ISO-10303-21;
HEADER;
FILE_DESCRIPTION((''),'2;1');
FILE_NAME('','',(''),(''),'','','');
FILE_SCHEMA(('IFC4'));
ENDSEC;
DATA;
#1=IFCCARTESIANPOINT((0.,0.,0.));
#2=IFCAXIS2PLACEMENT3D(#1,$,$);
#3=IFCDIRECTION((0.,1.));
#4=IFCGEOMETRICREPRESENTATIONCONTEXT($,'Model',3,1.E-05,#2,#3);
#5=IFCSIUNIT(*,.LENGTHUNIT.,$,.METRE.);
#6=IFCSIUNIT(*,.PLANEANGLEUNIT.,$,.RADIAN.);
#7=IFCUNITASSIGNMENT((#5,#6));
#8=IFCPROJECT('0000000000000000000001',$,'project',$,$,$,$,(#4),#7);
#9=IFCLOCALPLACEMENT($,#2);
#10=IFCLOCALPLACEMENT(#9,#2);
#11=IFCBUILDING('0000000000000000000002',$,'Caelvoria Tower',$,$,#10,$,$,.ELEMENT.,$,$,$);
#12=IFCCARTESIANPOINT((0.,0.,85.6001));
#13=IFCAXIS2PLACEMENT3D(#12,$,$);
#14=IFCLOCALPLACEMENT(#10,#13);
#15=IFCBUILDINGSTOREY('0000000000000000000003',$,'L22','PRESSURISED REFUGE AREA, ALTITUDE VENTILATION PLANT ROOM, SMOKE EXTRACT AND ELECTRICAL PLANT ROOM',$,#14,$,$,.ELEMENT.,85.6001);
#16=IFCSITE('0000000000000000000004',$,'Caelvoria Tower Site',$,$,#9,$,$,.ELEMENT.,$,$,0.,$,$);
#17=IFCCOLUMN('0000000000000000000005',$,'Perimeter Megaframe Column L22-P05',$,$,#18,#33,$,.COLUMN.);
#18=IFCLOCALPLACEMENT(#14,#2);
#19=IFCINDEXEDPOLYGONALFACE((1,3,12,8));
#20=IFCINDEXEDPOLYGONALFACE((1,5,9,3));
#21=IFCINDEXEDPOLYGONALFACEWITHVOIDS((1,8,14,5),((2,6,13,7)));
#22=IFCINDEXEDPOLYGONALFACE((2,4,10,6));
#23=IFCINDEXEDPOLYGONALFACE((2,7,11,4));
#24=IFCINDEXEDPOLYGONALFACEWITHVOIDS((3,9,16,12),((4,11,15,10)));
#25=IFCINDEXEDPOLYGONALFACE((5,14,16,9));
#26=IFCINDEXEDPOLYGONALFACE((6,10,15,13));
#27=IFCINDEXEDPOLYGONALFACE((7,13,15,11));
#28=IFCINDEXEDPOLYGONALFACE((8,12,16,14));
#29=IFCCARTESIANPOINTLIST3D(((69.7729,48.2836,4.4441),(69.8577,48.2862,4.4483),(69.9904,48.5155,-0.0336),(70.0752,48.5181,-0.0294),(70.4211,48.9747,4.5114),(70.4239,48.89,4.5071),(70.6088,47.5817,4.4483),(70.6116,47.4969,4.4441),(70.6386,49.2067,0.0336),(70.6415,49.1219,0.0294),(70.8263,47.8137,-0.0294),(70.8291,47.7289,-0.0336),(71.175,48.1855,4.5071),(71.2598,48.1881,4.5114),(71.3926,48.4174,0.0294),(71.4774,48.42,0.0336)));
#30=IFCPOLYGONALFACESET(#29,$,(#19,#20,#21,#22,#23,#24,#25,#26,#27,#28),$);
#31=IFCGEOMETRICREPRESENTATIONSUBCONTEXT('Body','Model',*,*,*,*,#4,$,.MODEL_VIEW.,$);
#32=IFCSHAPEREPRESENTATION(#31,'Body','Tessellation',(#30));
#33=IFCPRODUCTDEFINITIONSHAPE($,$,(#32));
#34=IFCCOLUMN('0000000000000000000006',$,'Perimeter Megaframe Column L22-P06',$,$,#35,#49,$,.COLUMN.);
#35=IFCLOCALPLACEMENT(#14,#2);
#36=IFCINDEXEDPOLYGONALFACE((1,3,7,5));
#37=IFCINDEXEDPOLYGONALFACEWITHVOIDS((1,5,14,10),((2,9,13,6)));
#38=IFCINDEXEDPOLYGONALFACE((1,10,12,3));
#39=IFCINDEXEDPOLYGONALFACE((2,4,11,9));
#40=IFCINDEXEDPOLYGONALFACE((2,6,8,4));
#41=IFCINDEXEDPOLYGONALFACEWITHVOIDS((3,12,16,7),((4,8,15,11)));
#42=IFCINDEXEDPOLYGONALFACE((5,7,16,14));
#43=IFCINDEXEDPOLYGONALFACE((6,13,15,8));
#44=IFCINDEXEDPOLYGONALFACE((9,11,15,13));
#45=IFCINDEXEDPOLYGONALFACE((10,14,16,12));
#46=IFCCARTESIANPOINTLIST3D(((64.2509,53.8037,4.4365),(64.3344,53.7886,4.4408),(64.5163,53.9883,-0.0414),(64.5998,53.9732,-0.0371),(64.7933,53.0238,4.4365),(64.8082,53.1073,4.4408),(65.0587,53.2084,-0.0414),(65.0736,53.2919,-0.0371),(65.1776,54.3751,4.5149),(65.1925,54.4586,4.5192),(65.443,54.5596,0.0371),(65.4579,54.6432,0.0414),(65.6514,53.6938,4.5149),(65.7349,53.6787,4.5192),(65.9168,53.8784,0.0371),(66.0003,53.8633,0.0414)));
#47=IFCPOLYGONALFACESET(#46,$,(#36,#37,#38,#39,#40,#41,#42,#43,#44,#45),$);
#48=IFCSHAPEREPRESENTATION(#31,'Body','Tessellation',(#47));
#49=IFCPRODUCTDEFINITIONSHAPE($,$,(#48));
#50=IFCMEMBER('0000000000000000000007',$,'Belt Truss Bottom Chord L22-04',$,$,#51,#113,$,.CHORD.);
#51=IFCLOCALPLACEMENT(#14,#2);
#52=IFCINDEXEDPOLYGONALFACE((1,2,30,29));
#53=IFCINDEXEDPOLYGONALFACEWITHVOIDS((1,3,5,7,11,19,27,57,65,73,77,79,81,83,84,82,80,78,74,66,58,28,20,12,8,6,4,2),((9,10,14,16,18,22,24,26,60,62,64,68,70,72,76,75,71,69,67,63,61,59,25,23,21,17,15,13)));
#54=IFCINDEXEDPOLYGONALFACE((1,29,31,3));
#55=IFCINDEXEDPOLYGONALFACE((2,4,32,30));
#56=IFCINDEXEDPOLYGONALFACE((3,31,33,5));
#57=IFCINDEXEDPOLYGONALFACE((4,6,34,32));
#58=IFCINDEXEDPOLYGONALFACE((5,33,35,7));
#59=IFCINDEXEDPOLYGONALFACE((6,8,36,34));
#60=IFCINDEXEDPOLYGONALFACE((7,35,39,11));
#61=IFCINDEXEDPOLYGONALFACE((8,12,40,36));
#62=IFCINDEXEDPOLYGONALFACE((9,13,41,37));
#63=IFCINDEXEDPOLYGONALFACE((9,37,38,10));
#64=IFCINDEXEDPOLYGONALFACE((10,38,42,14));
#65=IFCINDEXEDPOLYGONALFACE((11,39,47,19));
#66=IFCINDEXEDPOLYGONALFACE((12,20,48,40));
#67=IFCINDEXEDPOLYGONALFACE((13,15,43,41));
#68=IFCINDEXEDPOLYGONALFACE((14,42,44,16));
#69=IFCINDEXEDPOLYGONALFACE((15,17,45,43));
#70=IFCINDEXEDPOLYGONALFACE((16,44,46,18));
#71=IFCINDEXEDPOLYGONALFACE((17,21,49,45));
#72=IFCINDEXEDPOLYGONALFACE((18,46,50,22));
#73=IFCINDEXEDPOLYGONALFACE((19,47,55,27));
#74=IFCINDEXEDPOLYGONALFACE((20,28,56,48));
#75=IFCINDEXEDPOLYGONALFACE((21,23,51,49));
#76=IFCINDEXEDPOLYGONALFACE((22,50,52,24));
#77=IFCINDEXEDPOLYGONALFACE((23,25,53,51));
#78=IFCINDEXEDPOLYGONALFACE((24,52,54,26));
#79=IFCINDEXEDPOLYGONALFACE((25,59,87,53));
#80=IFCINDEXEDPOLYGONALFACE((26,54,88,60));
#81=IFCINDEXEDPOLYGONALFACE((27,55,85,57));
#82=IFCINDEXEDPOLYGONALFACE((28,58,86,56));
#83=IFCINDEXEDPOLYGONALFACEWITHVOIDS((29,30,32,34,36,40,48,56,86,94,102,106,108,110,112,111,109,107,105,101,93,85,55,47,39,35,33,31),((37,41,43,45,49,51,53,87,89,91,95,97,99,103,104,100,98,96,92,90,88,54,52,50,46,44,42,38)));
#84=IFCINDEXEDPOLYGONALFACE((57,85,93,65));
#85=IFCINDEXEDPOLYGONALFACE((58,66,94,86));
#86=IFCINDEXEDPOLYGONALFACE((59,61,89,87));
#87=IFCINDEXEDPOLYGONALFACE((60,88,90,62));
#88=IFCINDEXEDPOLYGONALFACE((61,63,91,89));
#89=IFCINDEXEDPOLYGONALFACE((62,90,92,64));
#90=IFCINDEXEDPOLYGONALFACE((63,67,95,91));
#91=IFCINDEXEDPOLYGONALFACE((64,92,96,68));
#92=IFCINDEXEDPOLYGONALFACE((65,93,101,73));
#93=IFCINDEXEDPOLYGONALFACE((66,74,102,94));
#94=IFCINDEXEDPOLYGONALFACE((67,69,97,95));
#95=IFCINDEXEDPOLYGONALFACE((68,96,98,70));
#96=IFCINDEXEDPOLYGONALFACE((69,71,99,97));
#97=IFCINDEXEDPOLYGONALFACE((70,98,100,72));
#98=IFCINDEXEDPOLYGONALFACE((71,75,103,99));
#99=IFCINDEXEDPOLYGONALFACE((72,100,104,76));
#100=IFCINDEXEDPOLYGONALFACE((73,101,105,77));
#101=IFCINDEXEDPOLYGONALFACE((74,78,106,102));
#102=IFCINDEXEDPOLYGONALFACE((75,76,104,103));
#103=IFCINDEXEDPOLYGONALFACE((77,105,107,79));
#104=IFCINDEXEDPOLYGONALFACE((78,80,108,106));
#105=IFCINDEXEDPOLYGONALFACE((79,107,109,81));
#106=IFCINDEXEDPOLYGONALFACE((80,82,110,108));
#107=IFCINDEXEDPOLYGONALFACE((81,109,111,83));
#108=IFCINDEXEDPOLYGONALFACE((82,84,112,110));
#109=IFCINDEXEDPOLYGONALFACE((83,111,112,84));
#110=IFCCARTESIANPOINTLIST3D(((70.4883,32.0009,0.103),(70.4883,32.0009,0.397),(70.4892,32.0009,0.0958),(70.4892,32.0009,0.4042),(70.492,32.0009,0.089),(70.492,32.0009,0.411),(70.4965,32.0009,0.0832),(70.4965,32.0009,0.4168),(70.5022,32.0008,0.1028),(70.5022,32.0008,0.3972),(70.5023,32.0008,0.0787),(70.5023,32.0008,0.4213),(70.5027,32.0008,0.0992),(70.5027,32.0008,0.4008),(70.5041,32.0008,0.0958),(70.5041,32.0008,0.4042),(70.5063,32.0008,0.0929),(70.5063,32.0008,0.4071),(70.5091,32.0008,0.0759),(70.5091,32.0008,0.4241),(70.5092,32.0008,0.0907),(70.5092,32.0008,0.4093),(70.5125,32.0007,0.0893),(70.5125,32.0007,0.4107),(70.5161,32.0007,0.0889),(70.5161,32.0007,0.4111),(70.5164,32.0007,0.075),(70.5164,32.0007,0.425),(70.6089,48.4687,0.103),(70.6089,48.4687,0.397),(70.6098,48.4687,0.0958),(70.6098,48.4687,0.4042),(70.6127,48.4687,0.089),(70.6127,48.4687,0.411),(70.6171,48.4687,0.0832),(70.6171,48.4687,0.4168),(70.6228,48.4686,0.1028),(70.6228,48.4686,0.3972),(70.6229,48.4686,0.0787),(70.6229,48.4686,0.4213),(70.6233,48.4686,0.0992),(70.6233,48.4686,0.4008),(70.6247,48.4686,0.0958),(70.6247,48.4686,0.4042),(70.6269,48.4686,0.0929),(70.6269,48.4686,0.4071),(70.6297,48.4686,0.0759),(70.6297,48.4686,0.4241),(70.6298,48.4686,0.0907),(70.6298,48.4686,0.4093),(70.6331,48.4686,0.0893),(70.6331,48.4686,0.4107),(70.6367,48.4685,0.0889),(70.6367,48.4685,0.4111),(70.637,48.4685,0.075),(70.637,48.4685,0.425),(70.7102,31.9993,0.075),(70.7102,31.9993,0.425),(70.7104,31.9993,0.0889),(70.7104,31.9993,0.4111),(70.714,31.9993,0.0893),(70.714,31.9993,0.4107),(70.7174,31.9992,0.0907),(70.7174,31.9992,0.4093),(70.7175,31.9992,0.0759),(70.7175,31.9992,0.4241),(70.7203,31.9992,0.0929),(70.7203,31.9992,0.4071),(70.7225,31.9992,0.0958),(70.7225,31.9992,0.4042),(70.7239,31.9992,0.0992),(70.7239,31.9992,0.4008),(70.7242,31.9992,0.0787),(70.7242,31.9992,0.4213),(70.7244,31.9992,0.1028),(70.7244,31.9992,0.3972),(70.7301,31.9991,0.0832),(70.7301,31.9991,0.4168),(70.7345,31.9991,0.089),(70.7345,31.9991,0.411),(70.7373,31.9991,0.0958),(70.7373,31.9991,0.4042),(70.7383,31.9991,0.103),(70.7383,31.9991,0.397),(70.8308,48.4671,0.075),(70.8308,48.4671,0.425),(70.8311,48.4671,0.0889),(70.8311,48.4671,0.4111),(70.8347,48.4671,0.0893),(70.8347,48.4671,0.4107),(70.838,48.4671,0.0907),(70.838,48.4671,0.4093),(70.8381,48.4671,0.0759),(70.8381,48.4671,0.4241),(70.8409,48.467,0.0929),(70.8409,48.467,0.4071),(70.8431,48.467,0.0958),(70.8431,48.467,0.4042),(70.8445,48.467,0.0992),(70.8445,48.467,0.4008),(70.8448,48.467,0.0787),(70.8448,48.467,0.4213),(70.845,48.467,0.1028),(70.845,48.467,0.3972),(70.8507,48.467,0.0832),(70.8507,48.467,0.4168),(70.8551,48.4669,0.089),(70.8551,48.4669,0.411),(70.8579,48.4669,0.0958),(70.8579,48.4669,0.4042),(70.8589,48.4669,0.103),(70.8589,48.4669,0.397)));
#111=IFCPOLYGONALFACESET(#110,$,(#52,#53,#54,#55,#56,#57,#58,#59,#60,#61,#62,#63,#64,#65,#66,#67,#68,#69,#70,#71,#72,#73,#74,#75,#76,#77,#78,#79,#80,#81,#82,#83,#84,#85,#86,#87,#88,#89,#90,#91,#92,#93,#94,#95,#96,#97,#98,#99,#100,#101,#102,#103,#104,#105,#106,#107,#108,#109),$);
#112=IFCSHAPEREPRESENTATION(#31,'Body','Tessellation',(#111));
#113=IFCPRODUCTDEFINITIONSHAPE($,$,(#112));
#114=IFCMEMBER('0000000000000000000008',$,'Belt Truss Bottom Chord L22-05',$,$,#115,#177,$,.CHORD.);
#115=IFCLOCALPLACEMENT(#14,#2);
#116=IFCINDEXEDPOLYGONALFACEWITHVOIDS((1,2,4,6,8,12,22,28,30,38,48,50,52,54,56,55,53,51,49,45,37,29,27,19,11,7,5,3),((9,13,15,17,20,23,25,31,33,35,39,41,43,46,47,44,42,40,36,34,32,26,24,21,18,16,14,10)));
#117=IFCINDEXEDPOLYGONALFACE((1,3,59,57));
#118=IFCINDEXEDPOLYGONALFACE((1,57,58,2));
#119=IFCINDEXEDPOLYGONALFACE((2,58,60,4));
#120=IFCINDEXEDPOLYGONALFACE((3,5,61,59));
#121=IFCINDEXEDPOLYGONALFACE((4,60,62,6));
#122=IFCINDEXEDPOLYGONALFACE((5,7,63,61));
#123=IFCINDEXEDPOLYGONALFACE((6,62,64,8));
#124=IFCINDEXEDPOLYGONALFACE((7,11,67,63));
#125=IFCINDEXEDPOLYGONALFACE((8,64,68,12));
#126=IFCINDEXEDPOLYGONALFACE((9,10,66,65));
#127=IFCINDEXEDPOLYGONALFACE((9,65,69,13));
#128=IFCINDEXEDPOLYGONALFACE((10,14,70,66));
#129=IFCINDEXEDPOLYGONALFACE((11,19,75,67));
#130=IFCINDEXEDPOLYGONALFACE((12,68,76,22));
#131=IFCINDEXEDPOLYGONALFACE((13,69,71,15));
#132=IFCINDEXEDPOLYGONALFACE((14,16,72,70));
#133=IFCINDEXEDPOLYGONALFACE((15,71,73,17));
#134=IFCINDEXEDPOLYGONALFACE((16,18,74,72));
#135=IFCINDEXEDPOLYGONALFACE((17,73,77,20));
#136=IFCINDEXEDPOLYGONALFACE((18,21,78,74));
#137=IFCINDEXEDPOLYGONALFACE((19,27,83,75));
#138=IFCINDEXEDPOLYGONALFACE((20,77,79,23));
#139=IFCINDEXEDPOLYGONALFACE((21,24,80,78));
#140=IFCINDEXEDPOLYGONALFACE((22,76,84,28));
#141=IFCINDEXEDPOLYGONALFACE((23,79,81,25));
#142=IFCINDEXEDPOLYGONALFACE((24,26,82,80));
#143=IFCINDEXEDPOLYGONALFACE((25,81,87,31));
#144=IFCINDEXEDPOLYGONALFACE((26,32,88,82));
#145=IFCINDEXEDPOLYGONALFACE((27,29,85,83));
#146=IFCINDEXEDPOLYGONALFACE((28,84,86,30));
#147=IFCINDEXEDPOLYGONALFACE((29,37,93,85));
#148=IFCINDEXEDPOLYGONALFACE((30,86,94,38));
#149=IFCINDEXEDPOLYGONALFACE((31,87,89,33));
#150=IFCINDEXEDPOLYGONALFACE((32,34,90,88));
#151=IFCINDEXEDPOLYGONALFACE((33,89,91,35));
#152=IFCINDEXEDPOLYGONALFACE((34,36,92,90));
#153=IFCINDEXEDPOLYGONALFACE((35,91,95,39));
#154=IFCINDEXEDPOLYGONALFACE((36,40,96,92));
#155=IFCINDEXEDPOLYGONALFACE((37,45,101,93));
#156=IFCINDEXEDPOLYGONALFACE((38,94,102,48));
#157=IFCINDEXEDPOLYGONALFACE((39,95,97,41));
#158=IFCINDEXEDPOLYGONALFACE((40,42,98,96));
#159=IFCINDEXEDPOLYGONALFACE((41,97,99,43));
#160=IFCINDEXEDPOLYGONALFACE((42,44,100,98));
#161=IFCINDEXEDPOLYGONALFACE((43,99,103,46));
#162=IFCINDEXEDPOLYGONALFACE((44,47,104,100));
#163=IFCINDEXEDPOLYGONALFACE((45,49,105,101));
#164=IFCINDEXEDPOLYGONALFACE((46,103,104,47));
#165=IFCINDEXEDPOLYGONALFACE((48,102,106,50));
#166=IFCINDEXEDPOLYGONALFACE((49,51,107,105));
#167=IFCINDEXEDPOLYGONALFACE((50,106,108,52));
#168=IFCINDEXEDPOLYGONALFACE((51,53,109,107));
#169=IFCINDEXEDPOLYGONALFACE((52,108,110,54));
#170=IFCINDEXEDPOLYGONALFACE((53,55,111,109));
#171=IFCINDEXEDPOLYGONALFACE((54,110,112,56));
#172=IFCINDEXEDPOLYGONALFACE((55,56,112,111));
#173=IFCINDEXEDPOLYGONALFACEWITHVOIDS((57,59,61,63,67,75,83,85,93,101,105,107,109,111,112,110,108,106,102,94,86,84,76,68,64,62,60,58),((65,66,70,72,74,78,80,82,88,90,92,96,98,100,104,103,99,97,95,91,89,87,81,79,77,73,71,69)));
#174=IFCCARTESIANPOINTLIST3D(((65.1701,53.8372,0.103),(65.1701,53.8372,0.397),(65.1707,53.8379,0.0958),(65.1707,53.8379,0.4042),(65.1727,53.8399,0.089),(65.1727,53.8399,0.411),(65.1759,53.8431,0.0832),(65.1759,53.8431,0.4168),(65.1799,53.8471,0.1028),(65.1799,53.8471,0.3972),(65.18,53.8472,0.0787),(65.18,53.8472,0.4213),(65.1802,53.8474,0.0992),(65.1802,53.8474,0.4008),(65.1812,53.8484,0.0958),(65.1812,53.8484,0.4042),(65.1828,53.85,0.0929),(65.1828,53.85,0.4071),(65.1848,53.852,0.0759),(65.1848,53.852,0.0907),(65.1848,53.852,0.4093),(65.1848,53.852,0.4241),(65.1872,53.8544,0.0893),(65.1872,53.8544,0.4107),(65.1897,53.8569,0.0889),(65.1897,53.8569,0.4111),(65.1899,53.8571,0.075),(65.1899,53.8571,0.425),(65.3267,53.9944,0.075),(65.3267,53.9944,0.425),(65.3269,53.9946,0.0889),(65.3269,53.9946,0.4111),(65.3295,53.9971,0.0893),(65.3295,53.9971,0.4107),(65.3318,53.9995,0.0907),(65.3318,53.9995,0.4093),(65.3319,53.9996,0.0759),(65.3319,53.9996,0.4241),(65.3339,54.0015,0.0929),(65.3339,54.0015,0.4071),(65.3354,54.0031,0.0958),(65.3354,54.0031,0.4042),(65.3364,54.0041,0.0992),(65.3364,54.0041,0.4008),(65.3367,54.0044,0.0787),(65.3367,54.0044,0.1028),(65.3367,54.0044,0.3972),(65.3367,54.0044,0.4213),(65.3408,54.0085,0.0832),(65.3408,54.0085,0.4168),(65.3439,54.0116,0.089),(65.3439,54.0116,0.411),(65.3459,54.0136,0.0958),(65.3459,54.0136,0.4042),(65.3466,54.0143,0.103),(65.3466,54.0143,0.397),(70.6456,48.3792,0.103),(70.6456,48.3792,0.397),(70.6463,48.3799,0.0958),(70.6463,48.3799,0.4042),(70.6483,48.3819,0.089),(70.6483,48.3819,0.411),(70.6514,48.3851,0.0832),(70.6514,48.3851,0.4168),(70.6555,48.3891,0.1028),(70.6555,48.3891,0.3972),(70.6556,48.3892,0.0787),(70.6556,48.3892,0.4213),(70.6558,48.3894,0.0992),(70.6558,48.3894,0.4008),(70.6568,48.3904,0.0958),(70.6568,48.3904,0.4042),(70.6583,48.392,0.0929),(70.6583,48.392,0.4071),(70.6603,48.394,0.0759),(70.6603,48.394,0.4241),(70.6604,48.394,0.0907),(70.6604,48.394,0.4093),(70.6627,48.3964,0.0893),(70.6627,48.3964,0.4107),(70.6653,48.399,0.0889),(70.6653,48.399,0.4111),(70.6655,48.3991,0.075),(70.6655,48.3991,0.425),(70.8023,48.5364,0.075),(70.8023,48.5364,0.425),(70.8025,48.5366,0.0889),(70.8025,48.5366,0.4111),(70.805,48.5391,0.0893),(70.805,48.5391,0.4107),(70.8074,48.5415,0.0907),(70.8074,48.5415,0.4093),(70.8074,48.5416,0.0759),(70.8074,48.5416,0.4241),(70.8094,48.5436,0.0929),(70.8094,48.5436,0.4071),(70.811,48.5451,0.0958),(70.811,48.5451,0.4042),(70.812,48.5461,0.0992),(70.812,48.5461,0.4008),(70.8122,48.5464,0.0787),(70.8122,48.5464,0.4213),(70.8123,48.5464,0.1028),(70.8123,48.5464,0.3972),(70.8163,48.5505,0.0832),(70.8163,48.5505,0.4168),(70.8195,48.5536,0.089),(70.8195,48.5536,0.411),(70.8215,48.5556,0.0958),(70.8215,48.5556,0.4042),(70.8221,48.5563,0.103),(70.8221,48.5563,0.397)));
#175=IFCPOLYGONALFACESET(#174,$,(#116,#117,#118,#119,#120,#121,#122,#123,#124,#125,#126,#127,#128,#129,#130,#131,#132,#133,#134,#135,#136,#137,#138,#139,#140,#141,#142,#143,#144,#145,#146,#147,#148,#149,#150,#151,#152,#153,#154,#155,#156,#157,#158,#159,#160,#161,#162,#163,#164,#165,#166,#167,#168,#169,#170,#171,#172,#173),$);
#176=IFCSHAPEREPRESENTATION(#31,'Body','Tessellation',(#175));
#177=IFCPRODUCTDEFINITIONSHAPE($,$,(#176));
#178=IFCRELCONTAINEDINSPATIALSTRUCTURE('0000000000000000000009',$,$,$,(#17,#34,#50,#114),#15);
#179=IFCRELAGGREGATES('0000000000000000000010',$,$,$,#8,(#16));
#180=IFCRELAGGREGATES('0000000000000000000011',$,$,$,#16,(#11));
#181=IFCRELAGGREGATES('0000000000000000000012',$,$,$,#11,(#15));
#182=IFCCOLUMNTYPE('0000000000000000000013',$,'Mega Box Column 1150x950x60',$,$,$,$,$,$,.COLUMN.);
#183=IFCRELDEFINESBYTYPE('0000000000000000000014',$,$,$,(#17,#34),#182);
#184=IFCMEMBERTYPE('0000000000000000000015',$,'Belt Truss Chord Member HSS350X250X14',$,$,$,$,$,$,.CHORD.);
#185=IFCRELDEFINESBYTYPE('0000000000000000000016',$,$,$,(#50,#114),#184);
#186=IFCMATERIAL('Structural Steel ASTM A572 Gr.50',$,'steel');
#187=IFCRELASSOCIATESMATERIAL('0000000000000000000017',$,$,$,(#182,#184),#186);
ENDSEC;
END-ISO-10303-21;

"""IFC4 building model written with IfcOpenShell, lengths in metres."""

from ifc_helpers import new_model, si_unit, direction, frame, origin, origin_2d, place, context, subcontext, project, spatial, hollow_rectangle, extrude, material, material_profile, profile_set, type_object, element, save


model = new_model("IFC4")

# Units and contexts
model_context = context("Model", 3, precision=1e-05, world=origin(), true_north=direction((0.0, 1.0)))
body_context = subcontext(model_context, "Body", "Model", "MODEL_VIEW")
ifc_project = project(units=[si_unit("LENGTHUNIT", "METRE"), si_unit("PLANEANGLEUNIT", "RADIAN")], contexts=[model_context])

# Site, building, storey
site_placement = place(None, origin())
site = spatial("IfcSite", under=ifc_project, at=site_placement, Name="Caelvoria Tower Site", CompositionType="ELEMENT", RefElevation=0.0)
building_placement = place(site_placement, origin())
building = spatial("IfcBuilding", under=site, at=building_placement, Name="Caelvoria Tower", CompositionType="ELEMENT")
storey_placement = place(building_placement, frame((0.0, 0.0, 85.6001)))
storey = spatial("IfcBuildingStorey", under=building, at=storey_placement, Name="L22", Description="PRESSURISED REFUGE AREA, ALTITUDE VENTILATION PLANT ROOM, SMOKE EXTRACT AND ELECTRICAL PLANT ROOM", CompositionType="ELEMENT", Elevation=85.6001)

# Columns
ifc_material_1 = material(Name="Structural Steel ASTM A572 Gr.50", Category="steel")
ifc_material_profile_1 = material_profile(ifc_material_1, hollow_rectangle(XDim=0.95, YDim=1.1499, WallThickness=0.0601, at=origin_2d()), Name="Structural Steel ASTM A572 Gr.50")
ifc_profile_set_1 = profile_set([ifc_material_profile_1], Name="BOX1150X950X60 - Structural Steel ASTM A572 Gr.50")
column_type = type_object("IfcColumnType", Name="Mega Box Column 1150x950x60", PredefinedType="COLUMN", material=ifc_profile_set_1)
column_1_placement = place(storey_placement, frame((70.7339, 48.4678, 0.0), z_axis=(-0.048458, -0.051666, 0.997488), x_axis=(0.682376, 0.727561, 0.070835)))
element("IfcColumn", 1, at=column_1_placement, inside=storey, type_object=column_type, Name="Perimeter Megaframe Column L22-P05", PredefinedType="COLUMN", context=body_context, shape_type="SweptSolid", body=[
    extrude(hollow_rectangle(XDim=0.95, YDim=1.1499, WallThickness=0.0601, at=origin_2d()), origin(), (0.0, 0.0, 1.0), 4.489),
])
column_2_placement = place(storey_placement, frame((65.2583, 53.9258, 0.0), z_axis=(-0.059112, -0.041112, 0.997404), x_axis=(0.570976, -0.820967, 0.0)))
element("IfcColumn", 2, at=column_2_placement, inside=storey, type_object=column_type, Name="Perimeter Megaframe Column L22-P06", PredefinedType="COLUMN", context=body_context, shape_type="SweptSolid", body=[
    extrude(hollow_rectangle(XDim=0.95, YDim=1.1499, WallThickness=0.0601, at=origin_2d()), origin(), (0.0, 0.0, 1.0), 4.4895),
])

# Members
ifc_material_profile_2 = material_profile(ifc_material_1, hollow_rectangle(XDim=0.25, YDim=0.3501, WallThickness=0.0139, InnerFilletRadius=0.0139, OuterFilletRadius=0.0281, at=origin_2d()), Name="Structural Steel ASTM A572 Gr.50")
ifc_profile_set_2 = profile_set([ifc_material_profile_2], Name="HSS350X250X14 - Structural Steel ASTM A572 Gr.50")
member_type_1 = type_object("IfcMemberType", Name="Belt Truss Chord Member HSS350X250X14", PredefinedType="CHORD", material=ifc_profile_set_2)
member_1_placement = place(storey_placement, frame((70.6133, 32.0, 0.25), z_axis=(0.007324, 0.999973, 0.0), x_axis=(-0.999973, 0.007324, 0.0)))
element("IfcMember", 3, at=member_1_placement, inside=storey, type_object=member_type_1, Name="Belt Truss Bottom Chord L22-04", PredefinedType="CHORD", context=body_context, shape_type="SweptSolid", body=[
    extrude(hollow_rectangle(XDim=0.25, YDim=0.3501, WallThickness=0.0139, InnerFilletRadius=0.0139, OuterFilletRadius=0.0281, at=origin_2d()), origin(), (0.0, 0.0, 1.0), 16.4683),
])
member_2_placement = place(storey_placement, frame((70.7339, 48.4678, 0.25), z_axis=(-0.708243, 0.705969, 0.0), x_axis=(-0.705969, -0.708243, 0.0)))
element("IfcMember", 4, at=member_2_placement, inside=storey, type_object=member_type_1, Name="Belt Truss Bottom Chord L22-05", PredefinedType="CHORD", context=body_context, shape_type="SweptSolid", body=[
    extrude(hollow_rectangle(XDim=0.25, YDim=0.3501, WallThickness=0.0139, InnerFilletRadius=0.0139, OuterFilletRadius=0.0281, at=origin_2d()), origin(), (0.0, 0.0, 1.0), 7.7312),
])

save(model, "model.ifc")
